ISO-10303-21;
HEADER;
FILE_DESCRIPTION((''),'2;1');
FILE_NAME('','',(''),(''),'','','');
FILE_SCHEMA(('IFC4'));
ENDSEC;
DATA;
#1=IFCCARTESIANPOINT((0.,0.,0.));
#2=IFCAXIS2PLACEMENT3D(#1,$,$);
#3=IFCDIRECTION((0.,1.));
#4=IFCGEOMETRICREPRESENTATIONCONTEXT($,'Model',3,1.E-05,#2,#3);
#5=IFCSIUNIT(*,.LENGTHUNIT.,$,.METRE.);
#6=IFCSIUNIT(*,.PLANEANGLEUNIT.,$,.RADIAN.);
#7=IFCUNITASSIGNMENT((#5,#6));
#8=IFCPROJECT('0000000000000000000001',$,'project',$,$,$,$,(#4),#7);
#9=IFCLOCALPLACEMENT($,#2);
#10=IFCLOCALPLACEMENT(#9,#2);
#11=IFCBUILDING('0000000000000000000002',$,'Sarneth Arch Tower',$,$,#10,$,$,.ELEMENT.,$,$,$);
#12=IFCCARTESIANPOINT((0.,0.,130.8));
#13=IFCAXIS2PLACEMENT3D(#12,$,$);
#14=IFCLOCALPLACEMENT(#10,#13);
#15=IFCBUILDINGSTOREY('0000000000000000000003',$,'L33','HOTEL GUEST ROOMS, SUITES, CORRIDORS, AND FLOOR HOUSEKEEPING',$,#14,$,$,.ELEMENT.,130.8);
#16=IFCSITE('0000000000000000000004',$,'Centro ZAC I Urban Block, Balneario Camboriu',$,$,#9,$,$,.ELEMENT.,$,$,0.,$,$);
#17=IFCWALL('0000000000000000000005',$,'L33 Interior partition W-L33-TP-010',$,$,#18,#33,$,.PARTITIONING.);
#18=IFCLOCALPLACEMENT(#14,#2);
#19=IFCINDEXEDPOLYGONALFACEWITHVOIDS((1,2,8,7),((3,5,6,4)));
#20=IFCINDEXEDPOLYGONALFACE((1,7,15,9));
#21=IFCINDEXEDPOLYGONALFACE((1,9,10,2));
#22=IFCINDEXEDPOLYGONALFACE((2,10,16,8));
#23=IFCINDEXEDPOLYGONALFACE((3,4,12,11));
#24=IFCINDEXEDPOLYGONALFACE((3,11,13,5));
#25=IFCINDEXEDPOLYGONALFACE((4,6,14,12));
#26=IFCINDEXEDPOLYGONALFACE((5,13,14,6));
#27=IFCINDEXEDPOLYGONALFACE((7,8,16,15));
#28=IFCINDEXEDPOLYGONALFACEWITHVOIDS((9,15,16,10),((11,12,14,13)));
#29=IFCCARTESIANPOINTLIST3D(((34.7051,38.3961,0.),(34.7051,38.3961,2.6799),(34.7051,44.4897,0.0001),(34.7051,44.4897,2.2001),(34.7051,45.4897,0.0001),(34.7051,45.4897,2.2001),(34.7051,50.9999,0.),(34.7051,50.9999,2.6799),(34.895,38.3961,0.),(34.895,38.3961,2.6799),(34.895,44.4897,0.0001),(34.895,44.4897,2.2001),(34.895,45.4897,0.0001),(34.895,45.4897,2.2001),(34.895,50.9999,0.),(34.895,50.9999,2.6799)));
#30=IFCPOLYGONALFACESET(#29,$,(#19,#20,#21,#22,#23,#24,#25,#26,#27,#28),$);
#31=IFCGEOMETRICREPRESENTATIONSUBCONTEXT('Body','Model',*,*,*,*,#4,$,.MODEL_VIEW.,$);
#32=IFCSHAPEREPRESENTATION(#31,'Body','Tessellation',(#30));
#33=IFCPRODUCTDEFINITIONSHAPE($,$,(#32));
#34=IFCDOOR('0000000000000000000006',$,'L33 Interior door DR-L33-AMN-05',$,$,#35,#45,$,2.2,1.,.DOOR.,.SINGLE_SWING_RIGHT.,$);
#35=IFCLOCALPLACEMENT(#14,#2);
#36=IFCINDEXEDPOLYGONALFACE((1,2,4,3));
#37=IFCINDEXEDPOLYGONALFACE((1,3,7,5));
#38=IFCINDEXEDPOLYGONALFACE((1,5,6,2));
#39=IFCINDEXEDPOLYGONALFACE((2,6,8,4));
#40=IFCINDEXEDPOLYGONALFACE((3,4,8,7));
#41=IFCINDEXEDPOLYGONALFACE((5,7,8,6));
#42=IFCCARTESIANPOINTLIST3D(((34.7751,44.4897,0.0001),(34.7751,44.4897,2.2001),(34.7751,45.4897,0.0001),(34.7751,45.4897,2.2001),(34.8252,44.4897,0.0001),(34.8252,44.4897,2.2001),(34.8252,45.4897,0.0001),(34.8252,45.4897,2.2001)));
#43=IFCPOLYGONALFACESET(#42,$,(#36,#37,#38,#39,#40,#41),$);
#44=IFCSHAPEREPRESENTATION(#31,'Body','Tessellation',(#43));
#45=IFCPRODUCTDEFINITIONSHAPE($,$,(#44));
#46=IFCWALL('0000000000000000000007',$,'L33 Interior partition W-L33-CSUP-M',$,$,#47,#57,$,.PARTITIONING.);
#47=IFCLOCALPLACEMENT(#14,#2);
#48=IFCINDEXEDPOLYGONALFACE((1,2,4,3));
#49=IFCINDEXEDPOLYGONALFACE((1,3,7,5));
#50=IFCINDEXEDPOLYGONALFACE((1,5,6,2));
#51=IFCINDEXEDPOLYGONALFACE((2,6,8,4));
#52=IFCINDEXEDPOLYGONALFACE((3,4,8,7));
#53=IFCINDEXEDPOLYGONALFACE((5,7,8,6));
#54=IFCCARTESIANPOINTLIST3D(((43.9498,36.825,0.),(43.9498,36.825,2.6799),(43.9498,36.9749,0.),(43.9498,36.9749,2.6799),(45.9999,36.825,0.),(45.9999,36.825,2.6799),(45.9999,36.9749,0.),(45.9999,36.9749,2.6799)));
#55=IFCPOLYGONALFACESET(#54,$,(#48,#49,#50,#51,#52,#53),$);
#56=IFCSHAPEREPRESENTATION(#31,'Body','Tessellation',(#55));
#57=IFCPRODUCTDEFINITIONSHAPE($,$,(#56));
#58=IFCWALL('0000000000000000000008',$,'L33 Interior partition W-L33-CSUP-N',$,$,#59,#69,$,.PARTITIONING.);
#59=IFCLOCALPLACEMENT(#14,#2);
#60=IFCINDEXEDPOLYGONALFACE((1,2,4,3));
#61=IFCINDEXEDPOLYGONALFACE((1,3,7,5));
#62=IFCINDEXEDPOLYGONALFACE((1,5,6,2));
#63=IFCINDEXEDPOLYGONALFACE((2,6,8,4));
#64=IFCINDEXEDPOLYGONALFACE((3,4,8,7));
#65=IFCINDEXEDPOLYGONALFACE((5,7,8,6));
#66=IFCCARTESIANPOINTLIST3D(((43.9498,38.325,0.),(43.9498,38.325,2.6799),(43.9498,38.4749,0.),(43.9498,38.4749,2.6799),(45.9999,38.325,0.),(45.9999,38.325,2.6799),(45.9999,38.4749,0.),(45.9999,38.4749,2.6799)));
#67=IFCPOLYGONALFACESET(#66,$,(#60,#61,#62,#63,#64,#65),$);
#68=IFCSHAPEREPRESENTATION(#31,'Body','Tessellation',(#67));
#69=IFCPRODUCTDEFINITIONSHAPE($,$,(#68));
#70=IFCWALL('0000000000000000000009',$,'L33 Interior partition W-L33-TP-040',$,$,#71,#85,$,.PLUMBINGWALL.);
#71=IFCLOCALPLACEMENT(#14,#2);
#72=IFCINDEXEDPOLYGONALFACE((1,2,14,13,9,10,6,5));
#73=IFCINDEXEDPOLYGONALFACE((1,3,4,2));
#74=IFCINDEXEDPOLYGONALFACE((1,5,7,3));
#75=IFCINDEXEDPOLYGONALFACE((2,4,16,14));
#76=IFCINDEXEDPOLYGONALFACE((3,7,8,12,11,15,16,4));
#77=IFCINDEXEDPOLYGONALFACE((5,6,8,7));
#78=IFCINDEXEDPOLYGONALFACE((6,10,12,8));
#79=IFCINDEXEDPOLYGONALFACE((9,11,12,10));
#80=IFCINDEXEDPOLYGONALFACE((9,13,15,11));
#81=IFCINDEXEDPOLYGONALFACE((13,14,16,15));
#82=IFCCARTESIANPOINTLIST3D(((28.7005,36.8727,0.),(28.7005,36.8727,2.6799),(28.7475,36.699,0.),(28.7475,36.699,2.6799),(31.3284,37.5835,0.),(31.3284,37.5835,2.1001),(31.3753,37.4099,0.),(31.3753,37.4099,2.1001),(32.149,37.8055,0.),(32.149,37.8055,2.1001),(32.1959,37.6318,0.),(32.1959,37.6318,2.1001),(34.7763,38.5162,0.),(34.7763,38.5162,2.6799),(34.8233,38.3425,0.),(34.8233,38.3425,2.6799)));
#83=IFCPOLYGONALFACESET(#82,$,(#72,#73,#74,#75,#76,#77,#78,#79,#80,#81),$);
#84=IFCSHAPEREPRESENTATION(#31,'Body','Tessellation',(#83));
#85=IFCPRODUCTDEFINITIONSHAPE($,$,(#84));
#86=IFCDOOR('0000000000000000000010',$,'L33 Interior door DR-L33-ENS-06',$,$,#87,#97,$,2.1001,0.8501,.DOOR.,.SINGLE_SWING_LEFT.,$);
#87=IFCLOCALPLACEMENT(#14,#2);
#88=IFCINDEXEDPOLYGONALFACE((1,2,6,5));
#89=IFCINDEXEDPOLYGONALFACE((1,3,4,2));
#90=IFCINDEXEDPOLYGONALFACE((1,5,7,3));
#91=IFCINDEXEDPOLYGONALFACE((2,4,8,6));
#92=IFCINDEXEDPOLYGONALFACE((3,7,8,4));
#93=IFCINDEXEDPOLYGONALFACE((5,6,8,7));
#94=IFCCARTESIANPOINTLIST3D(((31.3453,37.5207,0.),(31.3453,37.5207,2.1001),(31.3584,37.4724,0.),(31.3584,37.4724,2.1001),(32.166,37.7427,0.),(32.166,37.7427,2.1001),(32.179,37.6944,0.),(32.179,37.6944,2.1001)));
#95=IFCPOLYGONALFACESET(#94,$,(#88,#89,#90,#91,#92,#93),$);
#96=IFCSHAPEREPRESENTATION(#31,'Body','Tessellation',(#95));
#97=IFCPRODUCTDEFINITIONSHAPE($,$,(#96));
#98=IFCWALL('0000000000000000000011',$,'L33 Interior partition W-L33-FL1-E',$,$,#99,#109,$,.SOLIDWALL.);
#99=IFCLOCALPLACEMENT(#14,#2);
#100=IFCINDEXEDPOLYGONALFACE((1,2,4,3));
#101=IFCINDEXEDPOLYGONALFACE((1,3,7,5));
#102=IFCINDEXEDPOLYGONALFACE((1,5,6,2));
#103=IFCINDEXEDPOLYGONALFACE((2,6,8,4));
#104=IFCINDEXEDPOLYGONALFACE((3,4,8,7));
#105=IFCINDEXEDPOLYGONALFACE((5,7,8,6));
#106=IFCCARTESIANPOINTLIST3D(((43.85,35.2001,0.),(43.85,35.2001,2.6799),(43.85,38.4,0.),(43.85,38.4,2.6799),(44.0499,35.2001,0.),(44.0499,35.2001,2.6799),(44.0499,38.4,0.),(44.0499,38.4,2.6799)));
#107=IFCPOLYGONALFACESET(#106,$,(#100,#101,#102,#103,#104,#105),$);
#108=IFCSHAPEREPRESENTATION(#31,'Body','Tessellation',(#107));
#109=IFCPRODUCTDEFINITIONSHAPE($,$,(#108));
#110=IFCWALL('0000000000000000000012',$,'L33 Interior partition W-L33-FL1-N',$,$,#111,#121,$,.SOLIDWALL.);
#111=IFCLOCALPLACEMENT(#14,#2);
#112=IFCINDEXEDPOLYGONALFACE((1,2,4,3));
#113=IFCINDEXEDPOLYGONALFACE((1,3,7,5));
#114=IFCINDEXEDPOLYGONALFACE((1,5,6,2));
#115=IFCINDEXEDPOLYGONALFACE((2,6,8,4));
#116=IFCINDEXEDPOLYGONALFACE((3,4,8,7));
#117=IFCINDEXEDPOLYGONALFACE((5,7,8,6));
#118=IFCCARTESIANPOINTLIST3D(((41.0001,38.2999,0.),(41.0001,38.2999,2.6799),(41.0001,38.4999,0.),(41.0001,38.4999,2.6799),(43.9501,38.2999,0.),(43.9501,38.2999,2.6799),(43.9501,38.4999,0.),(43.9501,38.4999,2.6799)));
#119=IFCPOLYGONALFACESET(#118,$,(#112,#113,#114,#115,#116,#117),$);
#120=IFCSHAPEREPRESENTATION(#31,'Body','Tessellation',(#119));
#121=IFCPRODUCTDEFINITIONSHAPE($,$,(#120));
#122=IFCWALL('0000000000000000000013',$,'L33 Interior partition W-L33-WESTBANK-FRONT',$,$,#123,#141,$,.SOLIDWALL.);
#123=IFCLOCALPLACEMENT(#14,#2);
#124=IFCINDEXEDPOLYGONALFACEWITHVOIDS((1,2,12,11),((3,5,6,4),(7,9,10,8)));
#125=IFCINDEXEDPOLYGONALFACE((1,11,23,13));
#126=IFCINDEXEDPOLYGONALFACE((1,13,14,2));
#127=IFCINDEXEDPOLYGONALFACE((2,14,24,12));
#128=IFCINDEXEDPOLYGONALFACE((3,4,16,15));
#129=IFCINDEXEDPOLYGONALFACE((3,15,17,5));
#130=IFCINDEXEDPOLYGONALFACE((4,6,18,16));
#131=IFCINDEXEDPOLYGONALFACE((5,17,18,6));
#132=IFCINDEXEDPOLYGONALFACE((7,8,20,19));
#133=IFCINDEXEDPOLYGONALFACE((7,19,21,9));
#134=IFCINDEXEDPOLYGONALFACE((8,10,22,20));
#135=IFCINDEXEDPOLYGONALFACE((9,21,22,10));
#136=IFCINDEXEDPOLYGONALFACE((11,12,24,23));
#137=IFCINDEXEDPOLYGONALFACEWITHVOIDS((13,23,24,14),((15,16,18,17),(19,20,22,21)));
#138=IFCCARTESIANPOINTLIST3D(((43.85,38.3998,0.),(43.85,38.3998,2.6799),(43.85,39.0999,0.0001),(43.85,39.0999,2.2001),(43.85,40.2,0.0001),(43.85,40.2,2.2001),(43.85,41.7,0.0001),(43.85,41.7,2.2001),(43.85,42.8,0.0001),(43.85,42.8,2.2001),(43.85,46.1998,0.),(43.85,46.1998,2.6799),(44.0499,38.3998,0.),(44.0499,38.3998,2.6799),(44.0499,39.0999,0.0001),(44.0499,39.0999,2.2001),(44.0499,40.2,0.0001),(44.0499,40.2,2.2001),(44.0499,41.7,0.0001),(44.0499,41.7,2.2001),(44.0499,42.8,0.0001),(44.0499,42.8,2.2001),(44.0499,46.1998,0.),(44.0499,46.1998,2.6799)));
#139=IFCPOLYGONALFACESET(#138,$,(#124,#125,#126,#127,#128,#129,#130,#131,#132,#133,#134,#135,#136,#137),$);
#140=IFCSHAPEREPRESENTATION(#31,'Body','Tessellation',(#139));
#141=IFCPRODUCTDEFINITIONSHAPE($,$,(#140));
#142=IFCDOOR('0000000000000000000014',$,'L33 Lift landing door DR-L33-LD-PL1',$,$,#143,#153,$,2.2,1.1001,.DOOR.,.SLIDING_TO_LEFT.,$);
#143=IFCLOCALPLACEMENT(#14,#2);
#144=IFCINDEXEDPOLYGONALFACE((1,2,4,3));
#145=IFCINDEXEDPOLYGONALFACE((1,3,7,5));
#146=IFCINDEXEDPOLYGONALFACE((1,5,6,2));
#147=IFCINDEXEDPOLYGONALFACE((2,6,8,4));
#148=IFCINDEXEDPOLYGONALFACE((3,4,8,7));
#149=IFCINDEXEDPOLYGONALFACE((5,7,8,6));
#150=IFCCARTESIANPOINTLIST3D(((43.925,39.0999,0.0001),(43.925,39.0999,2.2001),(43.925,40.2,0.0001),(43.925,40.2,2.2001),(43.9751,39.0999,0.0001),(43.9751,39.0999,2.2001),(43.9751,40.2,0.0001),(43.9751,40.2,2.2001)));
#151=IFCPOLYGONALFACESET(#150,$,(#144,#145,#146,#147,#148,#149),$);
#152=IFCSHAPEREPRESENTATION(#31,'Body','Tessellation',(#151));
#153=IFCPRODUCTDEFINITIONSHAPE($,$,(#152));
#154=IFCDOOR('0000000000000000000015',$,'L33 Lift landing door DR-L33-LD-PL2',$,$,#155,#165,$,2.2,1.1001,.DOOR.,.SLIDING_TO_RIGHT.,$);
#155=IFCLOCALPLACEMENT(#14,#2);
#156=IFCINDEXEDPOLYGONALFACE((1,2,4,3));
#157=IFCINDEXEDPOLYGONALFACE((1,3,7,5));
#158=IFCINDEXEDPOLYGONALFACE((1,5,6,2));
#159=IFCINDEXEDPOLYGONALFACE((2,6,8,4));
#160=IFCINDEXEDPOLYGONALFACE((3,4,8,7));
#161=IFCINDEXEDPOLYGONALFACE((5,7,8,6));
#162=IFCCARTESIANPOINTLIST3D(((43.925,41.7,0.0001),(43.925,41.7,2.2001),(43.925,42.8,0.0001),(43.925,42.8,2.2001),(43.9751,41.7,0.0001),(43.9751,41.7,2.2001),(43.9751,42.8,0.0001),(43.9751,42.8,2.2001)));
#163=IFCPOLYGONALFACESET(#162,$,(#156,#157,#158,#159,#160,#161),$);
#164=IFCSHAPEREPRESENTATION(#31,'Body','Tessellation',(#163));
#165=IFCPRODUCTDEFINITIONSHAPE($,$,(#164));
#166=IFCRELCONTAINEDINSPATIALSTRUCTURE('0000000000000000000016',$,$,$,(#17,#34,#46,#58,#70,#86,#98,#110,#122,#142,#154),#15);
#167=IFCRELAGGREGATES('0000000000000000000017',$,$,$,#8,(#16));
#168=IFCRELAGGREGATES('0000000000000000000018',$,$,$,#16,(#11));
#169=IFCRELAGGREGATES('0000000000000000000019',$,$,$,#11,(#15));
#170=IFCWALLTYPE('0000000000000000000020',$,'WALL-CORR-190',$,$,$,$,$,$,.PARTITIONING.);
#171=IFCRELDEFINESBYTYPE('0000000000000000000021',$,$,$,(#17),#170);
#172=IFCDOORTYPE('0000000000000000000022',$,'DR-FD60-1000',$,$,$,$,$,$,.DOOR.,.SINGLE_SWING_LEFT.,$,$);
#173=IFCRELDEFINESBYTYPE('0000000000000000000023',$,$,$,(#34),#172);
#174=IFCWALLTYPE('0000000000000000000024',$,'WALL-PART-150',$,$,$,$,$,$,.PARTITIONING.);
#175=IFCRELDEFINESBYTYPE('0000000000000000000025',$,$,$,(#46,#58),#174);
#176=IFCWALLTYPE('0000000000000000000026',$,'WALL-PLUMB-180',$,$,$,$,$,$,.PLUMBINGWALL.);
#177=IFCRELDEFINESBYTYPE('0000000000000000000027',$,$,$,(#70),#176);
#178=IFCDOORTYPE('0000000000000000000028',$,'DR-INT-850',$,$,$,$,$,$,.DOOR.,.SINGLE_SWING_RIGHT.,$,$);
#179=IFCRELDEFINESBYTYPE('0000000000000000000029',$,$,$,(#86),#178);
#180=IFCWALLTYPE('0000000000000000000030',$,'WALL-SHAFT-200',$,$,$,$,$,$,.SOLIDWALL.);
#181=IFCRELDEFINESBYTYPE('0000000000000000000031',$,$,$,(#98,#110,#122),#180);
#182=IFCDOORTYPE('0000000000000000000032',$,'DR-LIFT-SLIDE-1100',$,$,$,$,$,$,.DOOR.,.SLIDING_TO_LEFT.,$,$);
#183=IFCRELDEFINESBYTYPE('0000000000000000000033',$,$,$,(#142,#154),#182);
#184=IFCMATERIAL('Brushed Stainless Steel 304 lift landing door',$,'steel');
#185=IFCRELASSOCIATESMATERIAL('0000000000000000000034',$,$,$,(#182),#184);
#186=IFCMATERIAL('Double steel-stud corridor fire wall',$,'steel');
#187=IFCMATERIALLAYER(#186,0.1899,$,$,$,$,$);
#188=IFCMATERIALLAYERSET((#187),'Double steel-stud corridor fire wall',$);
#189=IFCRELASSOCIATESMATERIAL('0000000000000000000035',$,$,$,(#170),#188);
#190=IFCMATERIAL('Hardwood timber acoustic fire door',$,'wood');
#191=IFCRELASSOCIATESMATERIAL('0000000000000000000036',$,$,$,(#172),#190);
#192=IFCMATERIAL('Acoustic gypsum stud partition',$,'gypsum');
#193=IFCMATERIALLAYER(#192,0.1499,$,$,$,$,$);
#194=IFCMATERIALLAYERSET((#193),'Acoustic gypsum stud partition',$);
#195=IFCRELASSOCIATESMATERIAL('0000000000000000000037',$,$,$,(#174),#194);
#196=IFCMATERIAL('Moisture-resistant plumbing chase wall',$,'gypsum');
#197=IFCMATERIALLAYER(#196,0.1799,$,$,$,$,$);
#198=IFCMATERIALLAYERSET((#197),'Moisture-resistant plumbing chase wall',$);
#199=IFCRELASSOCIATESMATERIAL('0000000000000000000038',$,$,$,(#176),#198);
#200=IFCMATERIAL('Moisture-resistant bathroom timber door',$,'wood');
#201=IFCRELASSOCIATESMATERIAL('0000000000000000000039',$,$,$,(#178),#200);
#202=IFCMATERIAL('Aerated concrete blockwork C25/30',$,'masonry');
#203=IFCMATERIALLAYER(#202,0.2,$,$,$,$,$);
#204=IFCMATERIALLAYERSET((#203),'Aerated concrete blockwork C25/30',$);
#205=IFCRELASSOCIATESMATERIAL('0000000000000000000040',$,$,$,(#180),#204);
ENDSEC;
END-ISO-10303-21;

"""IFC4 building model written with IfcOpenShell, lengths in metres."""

from ifc_helpers import new_model, si_unit, direction, frame, frame_2d, origin, place, context, subcontext, project, spatial, rectangle, extrude, material, layer, layer_set, type_object, element, fill, save


model = new_model("IFC4")

# Units and contexts
model_context = context("Model", 3, precision=1e-05, world=origin(), true_north=direction((0.0, 1.0)))
body_context = subcontext(model_context, "Body", "Model", "MODEL_VIEW")
ifc_project = project(units=[si_unit("LENGTHUNIT", "METRE"), si_unit("PLANEANGLEUNIT", "RADIAN")], contexts=[model_context])

# Site, building, storey
site_placement = place(None, origin())
site = spatial("IfcSite", under=ifc_project, at=site_placement, Name="Centro ZAC I Urban Block, Balneario Camboriu", CompositionType="ELEMENT", RefElevation=0.0)
building_placement = place(site_placement, origin())
building = spatial("IfcBuilding", under=site, at=building_placement, Name="Sarneth Arch Tower", CompositionType="ELEMENT")
storey_placement = place(building_placement, frame((0.0, 0.0, 130.8)))
storey = spatial("IfcBuildingStorey", under=building, at=storey_placement, Name="L33", Description="HOTEL GUEST ROOMS, SUITES, CORRIDORS, AND FLOOR HOUSEKEEPING", CompositionType="ELEMENT", Elevation=130.8)

# Wall, opening, door
ifc_material_1 = material(Name="Brushed Stainless Steel 304 lift landing door", Category="steel")
door_type_1 = type_object("IfcDoorType", Name="DR-LIFT-SLIDE-1100", OperationType="SLIDING_TO_LEFT", PredefinedType="DOOR", material=ifc_material_1)
ifc_material_2 = material(Name="Double steel-stud corridor fire wall", Category="steel")
ifc_layer_1 = layer(ifc_material_2, 0.1899)
ifc_layer_set_1 = layer_set([ifc_layer_1], Name="Double steel-stud corridor fire wall")
wall_type_1 = type_object("IfcWallType", Name="WALL-CORR-190", PredefinedType="PARTITIONING", material=ifc_layer_set_1)
wall_1_placement = place(storey_placement, frame((34.8, 38.3962, 0.0), z_axis=(0.0, 0.0, 1.0), x_axis=(0.0, 1.0, 0.0)))
wall_1 = element("IfcWall", 1, at=wall_1_placement, inside=storey, type_object=wall_type_1, Name="L33 Interior partition W-L33-TP-010", PredefinedType="PARTITIONING", context=body_context, shape_type="SweptSolid", body=[
    extrude(rectangle(XDim=12.6038, YDim=0.1899, at=frame_2d((6.3018, 0.0))), origin(), (0.0, 0.0, 1.0), 2.6799),
])
opening_1_placement = place(wall_1_placement, frame((6.0935, 0.0, 0.0)))
opening_1 = element("IfcOpeningElement", 2, at=opening_1_placement, cuts=wall_1, PredefinedType="OPENING", context=body_context, shape_type="SweptSolid", body=[
    extrude(rectangle(XDim=1.0, YDim=2.2, at=frame_2d((0.5, 1.1001))), frame((0.0, 0.105, 0.0), z_axis=(0.0, -1.0, 0.0), x_axis=(1.0, 0.0, 0.0)), (0.0, 0.0, 1.0), 0.21),
])
ifc_material_3 = material(Name="Hardwood timber acoustic fire door", Category="wood")
door_type_2 = type_object("IfcDoorType", Name="DR-FD60-1000", OperationType="SINGLE_SWING_LEFT", PredefinedType="DOOR", material=ifc_material_3)
door_1_placement = place(opening_1_placement, origin())
door_1 = element("IfcDoor", 3, at=door_1_placement, inside=storey, type_object=door_type_2, Name="L33 Interior door DR-L33-AMN-05", OperationType="SINGLE_SWING_RIGHT", OverallHeight=2.2, OverallWidth=1.0, PredefinedType="DOOR", context=body_context, shape_type="SweptSolid", body=[
    extrude(rectangle(XDim=1.0, YDim=2.2, at=frame_2d((0.5, 1.1001))), frame((0.0, 0.0249, 0.0), z_axis=(0.0, -1.0, 0.0), x_axis=(1.0, 0.0, 0.0)), (0.0, 0.0, 1.0), 0.05),
])
fill(opening_1, door_1)

# Walls
ifc_material_4 = material(Name="Acoustic gypsum stud partition", Category="gypsum")
ifc_layer_2 = layer(ifc_material_4, 0.1499)
ifc_layer_set_2 = layer_set([ifc_layer_2], Name="Acoustic gypsum stud partition")
wall_type_2 = type_object("IfcWallType", Name="WALL-PART-150", PredefinedType="PARTITIONING", material=ifc_layer_set_2)
for number, where, z_axis, x_axis, name in (
    (4, (43.95, 36.8999, 0.0), (0.0, 0.0, 1.0), (1.0, 0.0, 0.0), "L33 Interior partition W-L33-CSUP-M"),
    (5, (43.95, 38.3999, 0.0), (0.0, 0.0, 1.0), (1.0, 0.0, 0.0), "L33 Interior partition W-L33-CSUP-N"),
):
    element("IfcWall", number, at=place(storey_placement, frame(where, z_axis=z_axis, x_axis=x_axis)), inside=storey, type_object=wall_type_2, Name=name, PredefinedType="PARTITIONING", context=body_context, shape_type="SweptSolid", body=[
        extrude(rectangle(XDim=2.05, YDim=0.1499, at=frame_2d((1.0249, 0.0))), origin(), (0.0, 0.0, 1.0), 2.6799),
    ])

# Wall, opening, door
ifc_material_5 = material(Name="Moisture-resistant plumbing chase wall", Category="gypsum")
ifc_layer_3 = layer(ifc_material_5, 0.1799)
ifc_layer_set_3 = layer_set([ifc_layer_3], Name="Moisture-resistant plumbing chase wall")
wall_type_3 = type_object("IfcWallType", Name="WALL-PLUMB-180", PredefinedType="PLUMBINGWALL", material=ifc_layer_set_3)
wall_2_placement = place(storey_placement, frame((28.7241, 36.7859, 0.0), z_axis=(0.0, 0.0, 1.0), x_axis=(0.965307, 0.261118, 0.0)))
wall_2 = element("IfcWall", 6, at=wall_2_placement, inside=storey, type_object=wall_type_3, Name="L33 Interior partition W-L33-TP-040", PredefinedType="PLUMBINGWALL", context=body_context, shape_type="SweptSolid", body=[
    extrude(rectangle(XDim=6.2942, YDim=0.1799, at=frame_2d((3.147, 0.0))), origin(), (0.0, 0.0, 1.0), 2.6799),
])
opening_2_placement = place(wall_2_placement, frame((2.7222, 0.0, 0.0)))
opening_2 = element("IfcOpeningElement", 7, at=opening_2_placement, cuts=wall_2, PredefinedType="OPENING", context=body_context, shape_type="SweptSolid", body=[
    extrude(rectangle(XDim=0.8501, YDim=2.1001, at=frame_2d((0.425, 1.05))), frame((0.0, 0.0999, 0.0), z_axis=(0.0, -1.0, 0.0), x_axis=(1.0, 0.0, 0.0)), (0.0, 0.0, 1.0), 0.2),
])
ifc_material_6 = material(Name="Moisture-resistant bathroom timber door", Category="wood")
door_type_3 = type_object("IfcDoorType", Name="DR-INT-850", OperationType="SINGLE_SWING_RIGHT", PredefinedType="DOOR", material=ifc_material_6)
door_2_placement = place(opening_2_placement, origin())
door_2 = element("IfcDoor", 8, at=door_2_placement, inside=storey, type_object=door_type_3, Name="L33 Interior door DR-L33-ENS-06", OperationType="SINGLE_SWING_LEFT", OverallHeight=2.1001, OverallWidth=0.8501, PredefinedType="DOOR", context=body_context, shape_type="SweptSolid", body=[
    extrude(rectangle(XDim=0.8501, YDim=2.1001, at=frame_2d((0.425, 1.05))), frame((0.0, 0.0249, 0.0), z_axis=(0.0, -1.0, 0.0), x_axis=(1.0, 0.0, 0.0)), (0.0, 0.0, 1.0), 0.05),
])
fill(opening_2, door_2)
ifc_material_7 = material(Name="Aerated concrete blockwork C25/30", Category="masonry")
ifc_layer_4 = layer(ifc_material_7, 0.2)
ifc_layer_set_4 = layer_set([ifc_layer_4], Name="Aerated concrete blockwork C25/30")
wall_type_4 = type_object("IfcWallType", Name="WALL-SHAFT-200", PredefinedType="SOLIDWALL", material=ifc_layer_set_4)

# Walls
wall_3_placement = place(storey_placement, frame((43.95, 35.2, 0.0), z_axis=(0.0, 0.0, 1.0), x_axis=(0.0, 1.0, 0.0)))
element("IfcWall", 9, at=wall_3_placement, inside=storey, type_object=wall_type_4, Name="L33 Interior partition W-L33-FL1-E", PredefinedType="SOLIDWALL", context=body_context, shape_type="SweptSolid", body=[
    extrude(rectangle(XDim=3.2, YDim=0.2, at=frame_2d((1.6001, 0.0))), origin(), (0.0, 0.0, 1.0), 2.6799),
])
wall_4_placement = place(storey_placement, frame((41.0, 38.3999, 0.0), z_axis=(0.0, 0.0, 1.0), x_axis=(1.0, 0.0, 0.0)))
element("IfcWall", 10, at=wall_4_placement, inside=storey, type_object=wall_type_4, Name="L33 Interior partition W-L33-FL1-N", PredefinedType="SOLIDWALL", context=body_context, shape_type="SweptSolid", body=[
    extrude(rectangle(XDim=2.95, YDim=0.2, at=frame_2d((1.4751, 0.0))), origin(), (0.0, 0.0, 1.0), 2.6799),
])

# Wall, openings, doors
wall_5_placement = place(storey_placement, frame((43.95, 38.3999, 0.0), z_axis=(0.0, 0.0, 1.0), x_axis=(0.0, 1.0, 0.0)))
wall_5 = element("IfcWall", 11, at=wall_5_placement, inside=storey, type_object=wall_type_4, Name="L33 Interior partition W-L33-WESTBANK-FRONT", PredefinedType="SOLIDWALL", context=body_context, shape_type="SweptSolid", body=[
    extrude(rectangle(XDim=7.8, YDim=0.2, at=frame_2d((3.8999, 0.0))), origin(), (0.0, 0.0, 1.0), 2.6799),
])
opening_3_placement = place(wall_5_placement, frame((0.7, 0.0, 0.0)))
opening_3 = element("IfcOpeningElement", 12, at=opening_3_placement, cuts=wall_5, PredefinedType="OPENING", context=body_context, shape_type="SweptSolid", body=[
    extrude(rectangle(XDim=1.1001, YDim=2.2, at=frame_2d((0.55, 1.1001))), frame((0.0, 0.1099, 0.0), z_axis=(0.0, -1.0, 0.0), x_axis=(1.0, 0.0, 0.0)), (0.0, 0.0, 1.0), 0.22),
])
opening_4_placement = place(wall_5_placement, frame((3.3, 0.0, 0.0)))
opening_4 = element("IfcOpeningElement", 13, at=opening_4_placement, cuts=wall_5, PredefinedType="OPENING", context=body_context, shape_type="SweptSolid", body=[
    extrude(rectangle(XDim=1.1001, YDim=2.2, at=frame_2d((0.55, 1.1001))), frame((0.0, 0.1099, 0.0), z_axis=(0.0, -1.0, 0.0), x_axis=(1.0, 0.0, 0.0)), (0.0, 0.0, 1.0), 0.22),
])
door_3_placement = place(opening_3_placement, origin())
door_3 = element("IfcDoor", 14, at=door_3_placement, inside=storey, type_object=door_type_1, Name="L33 Lift landing door DR-L33-LD-PL1", OperationType="SLIDING_TO_LEFT", OverallHeight=2.2, OverallWidth=1.1001, PredefinedType="DOOR", context=body_context, shape_type="SweptSolid", body=[
    extrude(rectangle(XDim=1.1001, YDim=2.2, at=frame_2d((0.55, 1.1001))), frame((0.0, 0.0249, 0.0), z_axis=(0.0, -1.0, 0.0), x_axis=(1.0, 0.0, 0.0)), (0.0, 0.0, 1.0), 0.05),
])
fill(opening_3, door_3)
door_4_placement = place(opening_4_placement, origin())
door_4 = element("IfcDoor", 15, at=door_4_placement, inside=storey, type_object=door_type_1, Name="L33 Lift landing door DR-L33-LD-PL2", OperationType="SLIDING_TO_RIGHT", OverallHeight=2.2, OverallWidth=1.1001, PredefinedType="DOOR", context=body_context, shape_type="SweptSolid", body=[
    extrude(rectangle(XDim=1.1001, YDim=2.2, at=frame_2d((0.55, 1.1001))), frame((0.0, 0.0249, 0.0), z_axis=(0.0, -1.0, 0.0), x_axis=(1.0, 0.0, 0.0)), (0.0, 0.0, 1.0), 0.05),
])
fill(opening_4, door_4)

save(model, "model.ifc")
